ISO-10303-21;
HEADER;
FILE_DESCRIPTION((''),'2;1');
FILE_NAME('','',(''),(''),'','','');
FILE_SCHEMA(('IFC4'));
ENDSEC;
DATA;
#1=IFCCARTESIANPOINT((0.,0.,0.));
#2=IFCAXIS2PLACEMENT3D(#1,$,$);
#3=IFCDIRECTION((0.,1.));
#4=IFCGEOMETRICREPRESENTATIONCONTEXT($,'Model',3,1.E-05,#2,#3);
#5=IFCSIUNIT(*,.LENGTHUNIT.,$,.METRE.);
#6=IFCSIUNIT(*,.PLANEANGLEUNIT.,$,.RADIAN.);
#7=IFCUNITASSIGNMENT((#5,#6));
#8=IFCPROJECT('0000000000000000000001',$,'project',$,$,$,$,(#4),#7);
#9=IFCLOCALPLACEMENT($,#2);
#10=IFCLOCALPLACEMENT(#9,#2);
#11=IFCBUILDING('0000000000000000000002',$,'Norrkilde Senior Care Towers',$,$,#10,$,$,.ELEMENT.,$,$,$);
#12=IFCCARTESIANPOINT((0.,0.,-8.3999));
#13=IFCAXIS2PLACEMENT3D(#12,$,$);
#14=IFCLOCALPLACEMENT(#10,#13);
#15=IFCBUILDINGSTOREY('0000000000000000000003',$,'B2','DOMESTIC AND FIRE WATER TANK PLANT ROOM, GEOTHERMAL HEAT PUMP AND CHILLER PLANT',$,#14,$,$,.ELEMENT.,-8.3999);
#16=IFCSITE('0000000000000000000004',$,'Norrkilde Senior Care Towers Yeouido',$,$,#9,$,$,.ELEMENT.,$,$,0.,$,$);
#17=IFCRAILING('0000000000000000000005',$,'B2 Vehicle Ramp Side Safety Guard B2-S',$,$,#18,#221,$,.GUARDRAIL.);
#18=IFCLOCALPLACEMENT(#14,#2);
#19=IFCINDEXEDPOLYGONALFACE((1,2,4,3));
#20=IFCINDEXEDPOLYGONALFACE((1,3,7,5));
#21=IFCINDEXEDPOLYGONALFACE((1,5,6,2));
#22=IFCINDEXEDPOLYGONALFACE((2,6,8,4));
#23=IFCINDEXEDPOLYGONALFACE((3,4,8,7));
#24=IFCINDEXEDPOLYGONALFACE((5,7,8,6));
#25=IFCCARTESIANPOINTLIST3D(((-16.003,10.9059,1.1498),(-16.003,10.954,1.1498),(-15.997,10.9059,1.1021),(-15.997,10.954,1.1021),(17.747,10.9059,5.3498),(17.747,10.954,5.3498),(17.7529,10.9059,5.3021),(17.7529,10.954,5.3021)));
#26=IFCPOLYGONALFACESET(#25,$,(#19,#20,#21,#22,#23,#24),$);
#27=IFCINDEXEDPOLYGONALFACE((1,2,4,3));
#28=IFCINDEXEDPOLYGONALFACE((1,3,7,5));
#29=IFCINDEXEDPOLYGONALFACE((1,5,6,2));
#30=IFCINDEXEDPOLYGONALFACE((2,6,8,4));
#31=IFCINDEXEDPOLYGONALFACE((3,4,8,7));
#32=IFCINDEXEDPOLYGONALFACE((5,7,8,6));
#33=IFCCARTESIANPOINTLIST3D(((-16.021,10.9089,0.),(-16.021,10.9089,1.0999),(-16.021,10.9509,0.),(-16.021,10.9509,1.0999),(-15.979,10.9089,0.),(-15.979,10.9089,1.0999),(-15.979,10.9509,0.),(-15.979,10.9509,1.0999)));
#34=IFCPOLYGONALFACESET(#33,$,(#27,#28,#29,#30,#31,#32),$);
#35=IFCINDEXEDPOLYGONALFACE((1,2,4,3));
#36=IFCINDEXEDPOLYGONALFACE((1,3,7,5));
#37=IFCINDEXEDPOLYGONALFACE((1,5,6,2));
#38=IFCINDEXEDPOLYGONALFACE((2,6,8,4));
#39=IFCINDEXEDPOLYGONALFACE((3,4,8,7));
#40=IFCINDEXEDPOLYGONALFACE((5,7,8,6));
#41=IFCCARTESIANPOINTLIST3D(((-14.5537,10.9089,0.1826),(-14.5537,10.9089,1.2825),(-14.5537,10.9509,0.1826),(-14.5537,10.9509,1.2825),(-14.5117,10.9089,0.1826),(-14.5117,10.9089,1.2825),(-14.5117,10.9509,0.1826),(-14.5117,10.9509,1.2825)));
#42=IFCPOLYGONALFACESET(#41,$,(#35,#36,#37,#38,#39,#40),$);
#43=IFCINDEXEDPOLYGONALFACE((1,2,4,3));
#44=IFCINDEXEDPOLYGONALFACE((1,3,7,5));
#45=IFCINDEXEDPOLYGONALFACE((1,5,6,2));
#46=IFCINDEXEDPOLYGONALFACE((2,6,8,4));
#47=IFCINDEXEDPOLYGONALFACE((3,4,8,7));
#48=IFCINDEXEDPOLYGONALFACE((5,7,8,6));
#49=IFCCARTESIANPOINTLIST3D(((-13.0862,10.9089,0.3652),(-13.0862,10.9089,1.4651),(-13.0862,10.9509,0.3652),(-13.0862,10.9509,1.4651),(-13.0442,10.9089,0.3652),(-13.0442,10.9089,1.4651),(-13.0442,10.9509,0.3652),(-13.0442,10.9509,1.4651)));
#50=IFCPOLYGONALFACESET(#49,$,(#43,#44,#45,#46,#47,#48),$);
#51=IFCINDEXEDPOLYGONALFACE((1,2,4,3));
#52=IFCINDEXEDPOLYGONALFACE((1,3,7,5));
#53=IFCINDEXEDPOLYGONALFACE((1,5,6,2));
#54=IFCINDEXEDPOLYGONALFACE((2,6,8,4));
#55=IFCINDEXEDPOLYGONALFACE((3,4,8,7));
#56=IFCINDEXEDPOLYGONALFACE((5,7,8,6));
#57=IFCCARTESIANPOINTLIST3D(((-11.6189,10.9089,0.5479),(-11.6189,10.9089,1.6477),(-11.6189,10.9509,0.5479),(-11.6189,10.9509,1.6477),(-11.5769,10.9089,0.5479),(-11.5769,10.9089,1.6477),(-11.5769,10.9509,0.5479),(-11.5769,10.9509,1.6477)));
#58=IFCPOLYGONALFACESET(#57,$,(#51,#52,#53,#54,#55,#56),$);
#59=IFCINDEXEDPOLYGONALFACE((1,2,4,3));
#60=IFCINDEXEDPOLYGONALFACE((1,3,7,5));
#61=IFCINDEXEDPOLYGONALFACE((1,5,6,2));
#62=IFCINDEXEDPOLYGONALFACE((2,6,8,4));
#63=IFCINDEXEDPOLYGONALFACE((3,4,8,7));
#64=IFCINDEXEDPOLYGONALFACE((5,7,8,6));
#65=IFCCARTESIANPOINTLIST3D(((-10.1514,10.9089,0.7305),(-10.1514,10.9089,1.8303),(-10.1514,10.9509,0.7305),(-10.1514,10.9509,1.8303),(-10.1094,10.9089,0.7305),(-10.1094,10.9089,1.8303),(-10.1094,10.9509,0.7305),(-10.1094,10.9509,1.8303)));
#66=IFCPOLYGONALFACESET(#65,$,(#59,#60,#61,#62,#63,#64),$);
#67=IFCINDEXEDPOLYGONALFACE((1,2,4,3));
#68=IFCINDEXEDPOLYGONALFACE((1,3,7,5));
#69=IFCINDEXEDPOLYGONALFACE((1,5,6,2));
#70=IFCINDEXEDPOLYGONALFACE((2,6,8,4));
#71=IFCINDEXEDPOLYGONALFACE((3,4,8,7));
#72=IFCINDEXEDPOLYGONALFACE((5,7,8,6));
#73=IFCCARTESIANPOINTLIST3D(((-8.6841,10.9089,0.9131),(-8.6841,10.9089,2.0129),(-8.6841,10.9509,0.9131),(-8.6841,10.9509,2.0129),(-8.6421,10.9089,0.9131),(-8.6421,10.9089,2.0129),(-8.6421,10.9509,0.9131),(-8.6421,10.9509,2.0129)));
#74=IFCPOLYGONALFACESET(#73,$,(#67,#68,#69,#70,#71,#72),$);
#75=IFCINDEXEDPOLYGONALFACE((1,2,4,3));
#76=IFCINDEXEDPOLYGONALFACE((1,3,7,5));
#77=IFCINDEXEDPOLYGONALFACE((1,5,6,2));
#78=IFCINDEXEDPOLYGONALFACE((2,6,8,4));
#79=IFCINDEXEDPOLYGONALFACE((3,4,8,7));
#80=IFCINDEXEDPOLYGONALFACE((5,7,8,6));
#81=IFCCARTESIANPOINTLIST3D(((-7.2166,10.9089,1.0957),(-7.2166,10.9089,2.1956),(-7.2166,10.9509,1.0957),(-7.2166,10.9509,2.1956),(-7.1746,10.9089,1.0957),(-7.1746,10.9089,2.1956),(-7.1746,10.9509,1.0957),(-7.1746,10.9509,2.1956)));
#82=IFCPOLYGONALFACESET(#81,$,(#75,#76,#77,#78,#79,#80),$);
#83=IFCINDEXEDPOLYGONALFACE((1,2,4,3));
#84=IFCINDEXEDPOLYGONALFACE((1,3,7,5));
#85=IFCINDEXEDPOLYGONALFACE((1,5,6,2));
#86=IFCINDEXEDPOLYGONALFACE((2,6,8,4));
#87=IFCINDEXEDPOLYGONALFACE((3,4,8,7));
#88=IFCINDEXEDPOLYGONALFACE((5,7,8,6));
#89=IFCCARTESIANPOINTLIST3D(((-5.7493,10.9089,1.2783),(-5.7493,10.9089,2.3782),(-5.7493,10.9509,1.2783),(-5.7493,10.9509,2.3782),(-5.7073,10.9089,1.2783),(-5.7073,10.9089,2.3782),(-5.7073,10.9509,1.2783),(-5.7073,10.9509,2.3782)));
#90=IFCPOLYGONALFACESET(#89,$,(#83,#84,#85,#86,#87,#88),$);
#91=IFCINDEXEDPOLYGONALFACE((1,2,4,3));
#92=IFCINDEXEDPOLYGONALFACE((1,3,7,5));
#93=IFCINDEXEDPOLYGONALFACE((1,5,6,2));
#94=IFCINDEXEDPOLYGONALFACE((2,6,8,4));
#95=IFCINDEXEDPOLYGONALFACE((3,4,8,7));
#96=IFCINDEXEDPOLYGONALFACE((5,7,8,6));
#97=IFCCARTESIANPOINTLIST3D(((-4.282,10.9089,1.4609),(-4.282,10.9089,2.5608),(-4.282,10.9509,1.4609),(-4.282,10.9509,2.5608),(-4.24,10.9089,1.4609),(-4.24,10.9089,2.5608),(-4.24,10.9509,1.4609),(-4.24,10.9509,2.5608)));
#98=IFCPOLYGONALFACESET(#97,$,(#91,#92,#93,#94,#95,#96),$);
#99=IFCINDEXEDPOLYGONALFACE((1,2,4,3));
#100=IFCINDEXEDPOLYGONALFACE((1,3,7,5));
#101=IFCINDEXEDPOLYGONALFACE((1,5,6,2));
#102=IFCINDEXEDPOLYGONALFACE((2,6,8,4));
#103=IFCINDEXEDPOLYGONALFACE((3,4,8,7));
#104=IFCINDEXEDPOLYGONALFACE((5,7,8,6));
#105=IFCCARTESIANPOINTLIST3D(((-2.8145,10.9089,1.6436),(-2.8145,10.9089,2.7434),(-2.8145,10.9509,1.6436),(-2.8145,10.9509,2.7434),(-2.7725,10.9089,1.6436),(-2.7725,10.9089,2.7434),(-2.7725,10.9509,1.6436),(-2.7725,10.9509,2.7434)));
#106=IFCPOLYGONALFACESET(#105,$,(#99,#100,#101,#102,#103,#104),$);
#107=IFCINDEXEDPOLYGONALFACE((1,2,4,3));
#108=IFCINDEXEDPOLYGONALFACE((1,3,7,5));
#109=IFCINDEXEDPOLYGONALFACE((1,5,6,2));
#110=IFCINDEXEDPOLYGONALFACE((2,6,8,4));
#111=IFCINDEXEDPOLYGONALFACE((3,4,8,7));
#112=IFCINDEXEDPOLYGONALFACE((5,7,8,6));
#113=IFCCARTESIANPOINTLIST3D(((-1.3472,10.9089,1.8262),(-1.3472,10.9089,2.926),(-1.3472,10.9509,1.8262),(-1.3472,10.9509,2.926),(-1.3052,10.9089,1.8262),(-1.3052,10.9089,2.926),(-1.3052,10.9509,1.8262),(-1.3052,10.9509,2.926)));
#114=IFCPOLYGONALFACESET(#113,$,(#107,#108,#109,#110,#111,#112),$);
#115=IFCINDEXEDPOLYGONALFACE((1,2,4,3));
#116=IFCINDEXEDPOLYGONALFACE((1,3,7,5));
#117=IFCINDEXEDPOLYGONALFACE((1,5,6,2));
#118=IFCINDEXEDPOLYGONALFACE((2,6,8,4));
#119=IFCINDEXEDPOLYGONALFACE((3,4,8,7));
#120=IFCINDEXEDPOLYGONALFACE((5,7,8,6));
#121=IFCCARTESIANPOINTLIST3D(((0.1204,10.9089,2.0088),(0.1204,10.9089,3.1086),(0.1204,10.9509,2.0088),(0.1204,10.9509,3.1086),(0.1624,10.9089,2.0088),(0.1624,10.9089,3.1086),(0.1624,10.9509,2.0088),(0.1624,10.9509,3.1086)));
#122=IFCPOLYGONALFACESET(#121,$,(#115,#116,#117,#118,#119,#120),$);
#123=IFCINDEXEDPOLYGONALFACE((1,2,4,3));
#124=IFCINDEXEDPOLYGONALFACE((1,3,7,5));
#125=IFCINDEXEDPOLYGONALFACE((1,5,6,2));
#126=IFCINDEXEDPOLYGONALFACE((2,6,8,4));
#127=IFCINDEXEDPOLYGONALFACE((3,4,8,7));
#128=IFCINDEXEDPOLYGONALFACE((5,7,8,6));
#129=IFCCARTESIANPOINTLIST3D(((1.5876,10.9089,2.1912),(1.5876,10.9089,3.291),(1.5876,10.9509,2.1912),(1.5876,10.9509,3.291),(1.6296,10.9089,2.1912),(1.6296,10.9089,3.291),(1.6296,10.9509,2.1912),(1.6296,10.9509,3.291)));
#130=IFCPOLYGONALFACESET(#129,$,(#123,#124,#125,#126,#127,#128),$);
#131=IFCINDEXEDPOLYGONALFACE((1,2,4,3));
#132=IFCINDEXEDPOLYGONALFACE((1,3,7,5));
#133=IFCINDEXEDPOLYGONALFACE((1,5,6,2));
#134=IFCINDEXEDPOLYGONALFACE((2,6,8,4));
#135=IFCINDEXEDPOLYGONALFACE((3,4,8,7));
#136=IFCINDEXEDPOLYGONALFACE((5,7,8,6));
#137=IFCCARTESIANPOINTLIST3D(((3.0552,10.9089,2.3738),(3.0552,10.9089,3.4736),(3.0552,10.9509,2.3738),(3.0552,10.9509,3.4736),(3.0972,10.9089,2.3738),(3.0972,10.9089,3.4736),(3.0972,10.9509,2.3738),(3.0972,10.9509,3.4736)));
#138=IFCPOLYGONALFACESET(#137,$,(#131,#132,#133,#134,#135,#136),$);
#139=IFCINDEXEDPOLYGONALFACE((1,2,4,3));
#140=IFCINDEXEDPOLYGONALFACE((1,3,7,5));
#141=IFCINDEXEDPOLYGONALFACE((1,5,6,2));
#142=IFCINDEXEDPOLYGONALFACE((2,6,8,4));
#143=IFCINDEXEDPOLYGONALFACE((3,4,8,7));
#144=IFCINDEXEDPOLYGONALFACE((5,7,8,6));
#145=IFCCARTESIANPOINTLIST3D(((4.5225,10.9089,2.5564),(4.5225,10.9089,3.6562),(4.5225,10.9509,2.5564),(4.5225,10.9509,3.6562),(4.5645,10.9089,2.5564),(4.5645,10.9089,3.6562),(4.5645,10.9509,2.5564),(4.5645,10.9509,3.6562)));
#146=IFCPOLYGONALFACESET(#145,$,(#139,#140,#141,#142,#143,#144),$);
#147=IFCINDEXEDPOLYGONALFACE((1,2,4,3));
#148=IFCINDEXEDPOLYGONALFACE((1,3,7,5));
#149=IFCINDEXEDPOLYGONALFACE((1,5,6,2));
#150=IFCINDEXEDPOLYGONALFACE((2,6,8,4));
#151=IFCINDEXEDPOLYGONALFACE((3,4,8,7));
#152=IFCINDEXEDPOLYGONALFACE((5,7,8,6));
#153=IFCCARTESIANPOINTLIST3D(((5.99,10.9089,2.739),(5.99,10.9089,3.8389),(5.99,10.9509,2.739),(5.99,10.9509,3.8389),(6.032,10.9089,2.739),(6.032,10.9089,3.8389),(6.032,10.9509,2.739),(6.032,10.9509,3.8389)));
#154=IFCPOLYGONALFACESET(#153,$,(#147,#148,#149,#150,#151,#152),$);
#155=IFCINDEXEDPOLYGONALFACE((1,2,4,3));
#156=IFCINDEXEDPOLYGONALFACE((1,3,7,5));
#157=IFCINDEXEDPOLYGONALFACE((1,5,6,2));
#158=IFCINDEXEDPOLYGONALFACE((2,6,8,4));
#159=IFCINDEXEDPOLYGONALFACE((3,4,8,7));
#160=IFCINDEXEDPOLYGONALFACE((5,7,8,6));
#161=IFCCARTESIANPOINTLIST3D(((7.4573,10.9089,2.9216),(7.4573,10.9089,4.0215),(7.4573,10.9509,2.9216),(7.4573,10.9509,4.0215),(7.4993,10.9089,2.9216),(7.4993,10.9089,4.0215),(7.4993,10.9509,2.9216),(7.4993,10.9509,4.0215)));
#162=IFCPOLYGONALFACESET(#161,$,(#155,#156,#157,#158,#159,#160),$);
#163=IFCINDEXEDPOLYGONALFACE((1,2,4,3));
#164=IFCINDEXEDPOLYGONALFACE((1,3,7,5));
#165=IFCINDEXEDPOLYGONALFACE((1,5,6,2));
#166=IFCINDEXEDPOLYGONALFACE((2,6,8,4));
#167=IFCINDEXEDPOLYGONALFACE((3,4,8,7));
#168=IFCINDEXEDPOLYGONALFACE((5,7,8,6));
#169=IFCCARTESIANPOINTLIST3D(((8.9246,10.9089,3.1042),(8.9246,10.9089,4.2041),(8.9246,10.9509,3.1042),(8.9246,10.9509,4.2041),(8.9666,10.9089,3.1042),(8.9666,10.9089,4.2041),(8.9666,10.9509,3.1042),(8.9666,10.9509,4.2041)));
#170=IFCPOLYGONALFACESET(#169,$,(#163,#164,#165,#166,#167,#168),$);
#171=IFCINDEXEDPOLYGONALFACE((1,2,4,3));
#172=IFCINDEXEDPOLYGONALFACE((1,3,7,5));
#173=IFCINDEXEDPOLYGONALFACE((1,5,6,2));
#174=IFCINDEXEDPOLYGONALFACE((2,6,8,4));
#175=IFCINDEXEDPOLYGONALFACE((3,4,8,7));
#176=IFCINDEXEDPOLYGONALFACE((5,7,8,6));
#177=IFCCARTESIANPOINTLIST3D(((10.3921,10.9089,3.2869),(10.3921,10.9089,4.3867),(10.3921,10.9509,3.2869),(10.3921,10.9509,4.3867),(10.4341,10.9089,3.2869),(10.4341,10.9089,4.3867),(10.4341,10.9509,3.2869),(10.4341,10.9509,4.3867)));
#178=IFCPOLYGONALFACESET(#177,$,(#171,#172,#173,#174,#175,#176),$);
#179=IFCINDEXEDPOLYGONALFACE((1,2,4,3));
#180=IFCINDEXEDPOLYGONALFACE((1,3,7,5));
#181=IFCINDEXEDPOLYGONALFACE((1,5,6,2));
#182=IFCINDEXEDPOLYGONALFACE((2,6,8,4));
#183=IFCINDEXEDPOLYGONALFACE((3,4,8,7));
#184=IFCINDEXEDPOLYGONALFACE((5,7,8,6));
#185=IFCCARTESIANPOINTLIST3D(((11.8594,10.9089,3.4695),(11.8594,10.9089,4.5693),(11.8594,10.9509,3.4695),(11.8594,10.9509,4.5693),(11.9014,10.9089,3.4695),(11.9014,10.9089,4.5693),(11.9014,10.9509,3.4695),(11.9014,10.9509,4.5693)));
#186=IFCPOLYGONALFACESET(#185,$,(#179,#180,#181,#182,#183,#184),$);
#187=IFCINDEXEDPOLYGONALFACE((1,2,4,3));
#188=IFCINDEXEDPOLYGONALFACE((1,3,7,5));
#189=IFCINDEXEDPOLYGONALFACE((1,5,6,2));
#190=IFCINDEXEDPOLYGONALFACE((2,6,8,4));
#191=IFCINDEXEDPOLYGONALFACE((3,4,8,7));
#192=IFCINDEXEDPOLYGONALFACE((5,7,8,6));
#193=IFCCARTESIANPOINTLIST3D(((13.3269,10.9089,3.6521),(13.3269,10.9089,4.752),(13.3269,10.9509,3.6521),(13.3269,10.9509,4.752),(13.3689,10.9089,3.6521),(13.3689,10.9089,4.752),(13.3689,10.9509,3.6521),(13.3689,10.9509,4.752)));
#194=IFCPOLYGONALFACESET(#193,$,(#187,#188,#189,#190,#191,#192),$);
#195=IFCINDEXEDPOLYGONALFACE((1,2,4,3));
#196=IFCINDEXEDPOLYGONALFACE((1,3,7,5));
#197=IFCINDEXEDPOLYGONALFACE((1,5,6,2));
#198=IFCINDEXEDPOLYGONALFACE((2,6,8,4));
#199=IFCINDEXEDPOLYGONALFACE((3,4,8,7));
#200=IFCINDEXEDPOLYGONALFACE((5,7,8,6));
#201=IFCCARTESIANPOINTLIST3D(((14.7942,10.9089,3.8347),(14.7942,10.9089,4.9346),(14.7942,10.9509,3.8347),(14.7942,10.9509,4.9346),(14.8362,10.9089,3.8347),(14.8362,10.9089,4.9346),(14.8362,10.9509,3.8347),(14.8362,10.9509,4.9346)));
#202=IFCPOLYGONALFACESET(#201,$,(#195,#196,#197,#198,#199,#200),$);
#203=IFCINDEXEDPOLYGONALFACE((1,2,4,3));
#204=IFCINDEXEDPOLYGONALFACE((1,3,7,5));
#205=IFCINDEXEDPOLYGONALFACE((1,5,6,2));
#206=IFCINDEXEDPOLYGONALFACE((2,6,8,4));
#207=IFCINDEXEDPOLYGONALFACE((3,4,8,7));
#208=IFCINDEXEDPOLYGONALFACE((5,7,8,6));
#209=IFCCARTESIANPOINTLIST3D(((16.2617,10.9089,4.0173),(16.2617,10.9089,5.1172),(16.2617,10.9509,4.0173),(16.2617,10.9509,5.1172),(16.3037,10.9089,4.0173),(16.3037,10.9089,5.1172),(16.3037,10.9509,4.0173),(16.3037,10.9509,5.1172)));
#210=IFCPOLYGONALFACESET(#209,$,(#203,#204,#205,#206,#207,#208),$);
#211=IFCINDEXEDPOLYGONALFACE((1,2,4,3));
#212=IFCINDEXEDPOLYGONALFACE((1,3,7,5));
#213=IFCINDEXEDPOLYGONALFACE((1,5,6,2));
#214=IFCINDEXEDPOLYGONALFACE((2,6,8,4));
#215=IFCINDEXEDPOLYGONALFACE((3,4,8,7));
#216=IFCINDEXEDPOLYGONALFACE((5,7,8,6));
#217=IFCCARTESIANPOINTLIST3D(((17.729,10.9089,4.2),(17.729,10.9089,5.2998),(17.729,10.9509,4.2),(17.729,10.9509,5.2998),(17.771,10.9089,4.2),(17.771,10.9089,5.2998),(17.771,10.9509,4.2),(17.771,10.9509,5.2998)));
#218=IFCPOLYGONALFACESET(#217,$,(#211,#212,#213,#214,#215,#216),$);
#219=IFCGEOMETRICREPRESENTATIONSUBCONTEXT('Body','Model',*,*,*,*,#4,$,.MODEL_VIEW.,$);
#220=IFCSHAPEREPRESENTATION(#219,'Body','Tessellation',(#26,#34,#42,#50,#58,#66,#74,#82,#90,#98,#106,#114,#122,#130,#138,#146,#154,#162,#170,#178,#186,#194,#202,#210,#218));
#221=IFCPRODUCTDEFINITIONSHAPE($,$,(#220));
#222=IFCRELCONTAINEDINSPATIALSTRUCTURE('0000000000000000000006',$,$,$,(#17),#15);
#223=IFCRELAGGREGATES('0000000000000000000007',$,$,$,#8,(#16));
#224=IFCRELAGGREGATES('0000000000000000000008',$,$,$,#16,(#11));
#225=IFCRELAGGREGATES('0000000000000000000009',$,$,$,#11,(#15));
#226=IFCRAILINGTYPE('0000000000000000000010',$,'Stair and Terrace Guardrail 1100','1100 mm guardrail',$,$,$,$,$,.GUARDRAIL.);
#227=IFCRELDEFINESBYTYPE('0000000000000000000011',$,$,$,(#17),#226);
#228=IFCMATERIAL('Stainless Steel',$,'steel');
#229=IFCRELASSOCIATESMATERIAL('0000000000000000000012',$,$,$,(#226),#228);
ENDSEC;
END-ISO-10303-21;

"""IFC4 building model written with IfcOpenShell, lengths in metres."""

from ifc_helpers import new_model, si_unit, direction, frame, origin, origin_2d, place, context, subcontext, project, spatial, rectangle, extrude, material, type_object, element, save


model = new_model("IFC4")

# Units and contexts
model_context = context("Model", 3, precision=1e-05, world=origin(), true_north=direction((0.0, 1.0)))
body_context = subcontext(model_context, "Body", "Model", "MODEL_VIEW")
ifc_project = project(units=[si_unit("LENGTHUNIT", "METRE"), si_unit("PLANEANGLEUNIT", "RADIAN")], contexts=[model_context])

# Site, building, storey
site_placement = place(None, origin())
site = spatial("IfcSite", under=ifc_project, at=site_placement, Name="Norrkilde Senior Care Towers Yeouido", CompositionType="ELEMENT", RefElevation=0.0)
building_placement = place(site_placement, origin())
building = spatial("IfcBuilding", under=site, at=building_placement, Name="Norrkilde Senior Care Towers", CompositionType="ELEMENT")
storey_placement = place(building_placement, frame((0.0, 0.0, -8.3999)))
storey = spatial("IfcBuildingStorey", under=building, at=storey_placement, Name="B2", Description="DOMESTIC AND FIRE WATER TANK PLANT ROOM, GEOTHERMAL HEAT PUMP AND CHILLER PLANT", CompositionType="ELEMENT", Elevation=-8.3999)

# Railing
ifc_material_1 = material(Name="Stainless Steel", Category="steel")
railing_type = type_object("IfcRailingType", Name="Stair and Terrace Guardrail 1100", Description="1100 mm guardrail", PredefinedType="GUARDRAIL", material=ifc_material_1)
railing_1_placement = place(storey_placement, frame((-16.0, 10.9299, 0.0)))
element("IfcRailing", 1, at=railing_1_placement, inside=storey, type_object=railing_type, Name="B2 Vehicle Ramp Side Safety Guard B2-S", PredefinedType="GUARDRAIL", context=body_context, shape_type="SweptSolid", body=[
    extrude(rectangle(XDim=0.0481, YDim=0.0481, at=origin_2d()), frame((0.0, 0.0, 1.126), z_axis=(0.992346, 0.0, 0.12349), x_axis=(0.0, 1.0, 0.0)), (0.0, 0.0, 1.0), 34.0103),
    extrude(rectangle(XDim=0.042, YDim=0.042, at=origin_2d()), origin(), (0.0, 0.0, 1.0), 1.0999),
    extrude(rectangle(XDim=0.042, YDim=0.042, at=origin_2d()), frame((1.4673, 0.0, 0.1826)), (0.0, 0.0, 1.0), 1.0999),
    extrude(rectangle(XDim=0.042, YDim=0.042, at=origin_2d()), frame((2.9348, 0.0, 0.3652)), (0.0, 0.0, 1.0), 1.0999),
    extrude(rectangle(XDim=0.042, YDim=0.042, at=origin_2d()), frame((4.4021, 0.0, 0.5479)), (0.0, 0.0, 1.0), 1.0999),
    extrude(rectangle(XDim=0.042, YDim=0.042, at=origin_2d()), frame((5.8696, 0.0, 0.7305)), (0.0, 0.0, 1.0), 1.0999),
    extrude(rectangle(XDim=0.042, YDim=0.042, at=origin_2d()), frame((7.3369, 0.0, 0.9131)), (0.0, 0.0, 1.0), 1.0999),
    extrude(rectangle(XDim=0.042, YDim=0.042, at=origin_2d()), frame((8.8044, 0.0, 1.0957)), (0.0, 0.0, 1.0), 1.0999),
    extrude(rectangle(XDim=0.042, YDim=0.042, at=origin_2d()), frame((10.2717, 0.0, 1.2783)), (0.0, 0.0, 1.0), 1.0999),
    extrude(rectangle(XDim=0.042, YDim=0.042, at=origin_2d()), frame((11.739, 0.0, 1.4609)), (0.0, 0.0, 1.0), 1.0999),
    extrude(rectangle(XDim=0.042, YDim=0.042, at=origin_2d()), frame((13.2065, 0.0, 1.6436)), (0.0, 0.0, 1.0), 1.0999),
    extrude(rectangle(XDim=0.042, YDim=0.042, at=origin_2d()), frame((14.6738, 0.0, 1.8262)), (0.0, 0.0, 1.0), 1.0999),
    extrude(rectangle(XDim=0.042, YDim=0.042, at=origin_2d()), frame((16.1414, 0.0, 2.0088)), (0.0, 0.0, 1.0), 1.0999),
    extrude(rectangle(XDim=0.042, YDim=0.042, at=origin_2d()), frame((17.6086, 0.0, 2.1912)), (0.0, 0.0, 1.0), 1.0999),
    extrude(rectangle(XDim=0.042, YDim=0.042, at=origin_2d()), frame((19.0762, 0.0, 2.3738)), (0.0, 0.0, 1.0), 1.0999),
    extrude(rectangle(XDim=0.042, YDim=0.042, at=origin_2d()), frame((20.5435, 0.0, 2.5564)), (0.0, 0.0, 1.0), 1.0999),
    extrude(rectangle(XDim=0.042, YDim=0.042, at=origin_2d()), frame((22.011, 0.0, 2.739)), (0.0, 0.0, 1.0), 1.0999),
    extrude(rectangle(XDim=0.042, YDim=0.042, at=origin_2d()), frame((23.4783, 0.0, 2.9216)), (0.0, 0.0, 1.0), 1.0999),
    extrude(rectangle(XDim=0.042, YDim=0.042, at=origin_2d()), frame((24.9456, 0.0, 3.1042)), (0.0, 0.0, 1.0), 1.0999),
    extrude(rectangle(XDim=0.042, YDim=0.042, at=origin_2d()), frame((26.4131, 0.0, 3.2869)), (0.0, 0.0, 1.0), 1.0999),
    extrude(rectangle(XDim=0.042, YDim=0.042, at=origin_2d()), frame((27.8804, 0.0, 3.4695)), (0.0, 0.0, 1.0), 1.0999),
    extrude(rectangle(XDim=0.042, YDim=0.042, at=origin_2d()), frame((29.3479, 0.0, 3.6521)), (0.0, 0.0, 1.0), 1.0999),
    extrude(rectangle(XDim=0.042, YDim=0.042, at=origin_2d()), frame((30.8152, 0.0, 3.8347)), (0.0, 0.0, 1.0), 1.0999),
    extrude(rectangle(XDim=0.042, YDim=0.042, at=origin_2d()), frame((32.2827, 0.0, 4.0173)), (0.0, 0.0, 1.0), 1.0999),
    extrude(rectangle(XDim=0.042, YDim=0.042, at=origin_2d()), frame((33.75, 0.0, 4.2)), (0.0, 0.0, 1.0), 1.0999),
])

save(model, "model.ifc")
